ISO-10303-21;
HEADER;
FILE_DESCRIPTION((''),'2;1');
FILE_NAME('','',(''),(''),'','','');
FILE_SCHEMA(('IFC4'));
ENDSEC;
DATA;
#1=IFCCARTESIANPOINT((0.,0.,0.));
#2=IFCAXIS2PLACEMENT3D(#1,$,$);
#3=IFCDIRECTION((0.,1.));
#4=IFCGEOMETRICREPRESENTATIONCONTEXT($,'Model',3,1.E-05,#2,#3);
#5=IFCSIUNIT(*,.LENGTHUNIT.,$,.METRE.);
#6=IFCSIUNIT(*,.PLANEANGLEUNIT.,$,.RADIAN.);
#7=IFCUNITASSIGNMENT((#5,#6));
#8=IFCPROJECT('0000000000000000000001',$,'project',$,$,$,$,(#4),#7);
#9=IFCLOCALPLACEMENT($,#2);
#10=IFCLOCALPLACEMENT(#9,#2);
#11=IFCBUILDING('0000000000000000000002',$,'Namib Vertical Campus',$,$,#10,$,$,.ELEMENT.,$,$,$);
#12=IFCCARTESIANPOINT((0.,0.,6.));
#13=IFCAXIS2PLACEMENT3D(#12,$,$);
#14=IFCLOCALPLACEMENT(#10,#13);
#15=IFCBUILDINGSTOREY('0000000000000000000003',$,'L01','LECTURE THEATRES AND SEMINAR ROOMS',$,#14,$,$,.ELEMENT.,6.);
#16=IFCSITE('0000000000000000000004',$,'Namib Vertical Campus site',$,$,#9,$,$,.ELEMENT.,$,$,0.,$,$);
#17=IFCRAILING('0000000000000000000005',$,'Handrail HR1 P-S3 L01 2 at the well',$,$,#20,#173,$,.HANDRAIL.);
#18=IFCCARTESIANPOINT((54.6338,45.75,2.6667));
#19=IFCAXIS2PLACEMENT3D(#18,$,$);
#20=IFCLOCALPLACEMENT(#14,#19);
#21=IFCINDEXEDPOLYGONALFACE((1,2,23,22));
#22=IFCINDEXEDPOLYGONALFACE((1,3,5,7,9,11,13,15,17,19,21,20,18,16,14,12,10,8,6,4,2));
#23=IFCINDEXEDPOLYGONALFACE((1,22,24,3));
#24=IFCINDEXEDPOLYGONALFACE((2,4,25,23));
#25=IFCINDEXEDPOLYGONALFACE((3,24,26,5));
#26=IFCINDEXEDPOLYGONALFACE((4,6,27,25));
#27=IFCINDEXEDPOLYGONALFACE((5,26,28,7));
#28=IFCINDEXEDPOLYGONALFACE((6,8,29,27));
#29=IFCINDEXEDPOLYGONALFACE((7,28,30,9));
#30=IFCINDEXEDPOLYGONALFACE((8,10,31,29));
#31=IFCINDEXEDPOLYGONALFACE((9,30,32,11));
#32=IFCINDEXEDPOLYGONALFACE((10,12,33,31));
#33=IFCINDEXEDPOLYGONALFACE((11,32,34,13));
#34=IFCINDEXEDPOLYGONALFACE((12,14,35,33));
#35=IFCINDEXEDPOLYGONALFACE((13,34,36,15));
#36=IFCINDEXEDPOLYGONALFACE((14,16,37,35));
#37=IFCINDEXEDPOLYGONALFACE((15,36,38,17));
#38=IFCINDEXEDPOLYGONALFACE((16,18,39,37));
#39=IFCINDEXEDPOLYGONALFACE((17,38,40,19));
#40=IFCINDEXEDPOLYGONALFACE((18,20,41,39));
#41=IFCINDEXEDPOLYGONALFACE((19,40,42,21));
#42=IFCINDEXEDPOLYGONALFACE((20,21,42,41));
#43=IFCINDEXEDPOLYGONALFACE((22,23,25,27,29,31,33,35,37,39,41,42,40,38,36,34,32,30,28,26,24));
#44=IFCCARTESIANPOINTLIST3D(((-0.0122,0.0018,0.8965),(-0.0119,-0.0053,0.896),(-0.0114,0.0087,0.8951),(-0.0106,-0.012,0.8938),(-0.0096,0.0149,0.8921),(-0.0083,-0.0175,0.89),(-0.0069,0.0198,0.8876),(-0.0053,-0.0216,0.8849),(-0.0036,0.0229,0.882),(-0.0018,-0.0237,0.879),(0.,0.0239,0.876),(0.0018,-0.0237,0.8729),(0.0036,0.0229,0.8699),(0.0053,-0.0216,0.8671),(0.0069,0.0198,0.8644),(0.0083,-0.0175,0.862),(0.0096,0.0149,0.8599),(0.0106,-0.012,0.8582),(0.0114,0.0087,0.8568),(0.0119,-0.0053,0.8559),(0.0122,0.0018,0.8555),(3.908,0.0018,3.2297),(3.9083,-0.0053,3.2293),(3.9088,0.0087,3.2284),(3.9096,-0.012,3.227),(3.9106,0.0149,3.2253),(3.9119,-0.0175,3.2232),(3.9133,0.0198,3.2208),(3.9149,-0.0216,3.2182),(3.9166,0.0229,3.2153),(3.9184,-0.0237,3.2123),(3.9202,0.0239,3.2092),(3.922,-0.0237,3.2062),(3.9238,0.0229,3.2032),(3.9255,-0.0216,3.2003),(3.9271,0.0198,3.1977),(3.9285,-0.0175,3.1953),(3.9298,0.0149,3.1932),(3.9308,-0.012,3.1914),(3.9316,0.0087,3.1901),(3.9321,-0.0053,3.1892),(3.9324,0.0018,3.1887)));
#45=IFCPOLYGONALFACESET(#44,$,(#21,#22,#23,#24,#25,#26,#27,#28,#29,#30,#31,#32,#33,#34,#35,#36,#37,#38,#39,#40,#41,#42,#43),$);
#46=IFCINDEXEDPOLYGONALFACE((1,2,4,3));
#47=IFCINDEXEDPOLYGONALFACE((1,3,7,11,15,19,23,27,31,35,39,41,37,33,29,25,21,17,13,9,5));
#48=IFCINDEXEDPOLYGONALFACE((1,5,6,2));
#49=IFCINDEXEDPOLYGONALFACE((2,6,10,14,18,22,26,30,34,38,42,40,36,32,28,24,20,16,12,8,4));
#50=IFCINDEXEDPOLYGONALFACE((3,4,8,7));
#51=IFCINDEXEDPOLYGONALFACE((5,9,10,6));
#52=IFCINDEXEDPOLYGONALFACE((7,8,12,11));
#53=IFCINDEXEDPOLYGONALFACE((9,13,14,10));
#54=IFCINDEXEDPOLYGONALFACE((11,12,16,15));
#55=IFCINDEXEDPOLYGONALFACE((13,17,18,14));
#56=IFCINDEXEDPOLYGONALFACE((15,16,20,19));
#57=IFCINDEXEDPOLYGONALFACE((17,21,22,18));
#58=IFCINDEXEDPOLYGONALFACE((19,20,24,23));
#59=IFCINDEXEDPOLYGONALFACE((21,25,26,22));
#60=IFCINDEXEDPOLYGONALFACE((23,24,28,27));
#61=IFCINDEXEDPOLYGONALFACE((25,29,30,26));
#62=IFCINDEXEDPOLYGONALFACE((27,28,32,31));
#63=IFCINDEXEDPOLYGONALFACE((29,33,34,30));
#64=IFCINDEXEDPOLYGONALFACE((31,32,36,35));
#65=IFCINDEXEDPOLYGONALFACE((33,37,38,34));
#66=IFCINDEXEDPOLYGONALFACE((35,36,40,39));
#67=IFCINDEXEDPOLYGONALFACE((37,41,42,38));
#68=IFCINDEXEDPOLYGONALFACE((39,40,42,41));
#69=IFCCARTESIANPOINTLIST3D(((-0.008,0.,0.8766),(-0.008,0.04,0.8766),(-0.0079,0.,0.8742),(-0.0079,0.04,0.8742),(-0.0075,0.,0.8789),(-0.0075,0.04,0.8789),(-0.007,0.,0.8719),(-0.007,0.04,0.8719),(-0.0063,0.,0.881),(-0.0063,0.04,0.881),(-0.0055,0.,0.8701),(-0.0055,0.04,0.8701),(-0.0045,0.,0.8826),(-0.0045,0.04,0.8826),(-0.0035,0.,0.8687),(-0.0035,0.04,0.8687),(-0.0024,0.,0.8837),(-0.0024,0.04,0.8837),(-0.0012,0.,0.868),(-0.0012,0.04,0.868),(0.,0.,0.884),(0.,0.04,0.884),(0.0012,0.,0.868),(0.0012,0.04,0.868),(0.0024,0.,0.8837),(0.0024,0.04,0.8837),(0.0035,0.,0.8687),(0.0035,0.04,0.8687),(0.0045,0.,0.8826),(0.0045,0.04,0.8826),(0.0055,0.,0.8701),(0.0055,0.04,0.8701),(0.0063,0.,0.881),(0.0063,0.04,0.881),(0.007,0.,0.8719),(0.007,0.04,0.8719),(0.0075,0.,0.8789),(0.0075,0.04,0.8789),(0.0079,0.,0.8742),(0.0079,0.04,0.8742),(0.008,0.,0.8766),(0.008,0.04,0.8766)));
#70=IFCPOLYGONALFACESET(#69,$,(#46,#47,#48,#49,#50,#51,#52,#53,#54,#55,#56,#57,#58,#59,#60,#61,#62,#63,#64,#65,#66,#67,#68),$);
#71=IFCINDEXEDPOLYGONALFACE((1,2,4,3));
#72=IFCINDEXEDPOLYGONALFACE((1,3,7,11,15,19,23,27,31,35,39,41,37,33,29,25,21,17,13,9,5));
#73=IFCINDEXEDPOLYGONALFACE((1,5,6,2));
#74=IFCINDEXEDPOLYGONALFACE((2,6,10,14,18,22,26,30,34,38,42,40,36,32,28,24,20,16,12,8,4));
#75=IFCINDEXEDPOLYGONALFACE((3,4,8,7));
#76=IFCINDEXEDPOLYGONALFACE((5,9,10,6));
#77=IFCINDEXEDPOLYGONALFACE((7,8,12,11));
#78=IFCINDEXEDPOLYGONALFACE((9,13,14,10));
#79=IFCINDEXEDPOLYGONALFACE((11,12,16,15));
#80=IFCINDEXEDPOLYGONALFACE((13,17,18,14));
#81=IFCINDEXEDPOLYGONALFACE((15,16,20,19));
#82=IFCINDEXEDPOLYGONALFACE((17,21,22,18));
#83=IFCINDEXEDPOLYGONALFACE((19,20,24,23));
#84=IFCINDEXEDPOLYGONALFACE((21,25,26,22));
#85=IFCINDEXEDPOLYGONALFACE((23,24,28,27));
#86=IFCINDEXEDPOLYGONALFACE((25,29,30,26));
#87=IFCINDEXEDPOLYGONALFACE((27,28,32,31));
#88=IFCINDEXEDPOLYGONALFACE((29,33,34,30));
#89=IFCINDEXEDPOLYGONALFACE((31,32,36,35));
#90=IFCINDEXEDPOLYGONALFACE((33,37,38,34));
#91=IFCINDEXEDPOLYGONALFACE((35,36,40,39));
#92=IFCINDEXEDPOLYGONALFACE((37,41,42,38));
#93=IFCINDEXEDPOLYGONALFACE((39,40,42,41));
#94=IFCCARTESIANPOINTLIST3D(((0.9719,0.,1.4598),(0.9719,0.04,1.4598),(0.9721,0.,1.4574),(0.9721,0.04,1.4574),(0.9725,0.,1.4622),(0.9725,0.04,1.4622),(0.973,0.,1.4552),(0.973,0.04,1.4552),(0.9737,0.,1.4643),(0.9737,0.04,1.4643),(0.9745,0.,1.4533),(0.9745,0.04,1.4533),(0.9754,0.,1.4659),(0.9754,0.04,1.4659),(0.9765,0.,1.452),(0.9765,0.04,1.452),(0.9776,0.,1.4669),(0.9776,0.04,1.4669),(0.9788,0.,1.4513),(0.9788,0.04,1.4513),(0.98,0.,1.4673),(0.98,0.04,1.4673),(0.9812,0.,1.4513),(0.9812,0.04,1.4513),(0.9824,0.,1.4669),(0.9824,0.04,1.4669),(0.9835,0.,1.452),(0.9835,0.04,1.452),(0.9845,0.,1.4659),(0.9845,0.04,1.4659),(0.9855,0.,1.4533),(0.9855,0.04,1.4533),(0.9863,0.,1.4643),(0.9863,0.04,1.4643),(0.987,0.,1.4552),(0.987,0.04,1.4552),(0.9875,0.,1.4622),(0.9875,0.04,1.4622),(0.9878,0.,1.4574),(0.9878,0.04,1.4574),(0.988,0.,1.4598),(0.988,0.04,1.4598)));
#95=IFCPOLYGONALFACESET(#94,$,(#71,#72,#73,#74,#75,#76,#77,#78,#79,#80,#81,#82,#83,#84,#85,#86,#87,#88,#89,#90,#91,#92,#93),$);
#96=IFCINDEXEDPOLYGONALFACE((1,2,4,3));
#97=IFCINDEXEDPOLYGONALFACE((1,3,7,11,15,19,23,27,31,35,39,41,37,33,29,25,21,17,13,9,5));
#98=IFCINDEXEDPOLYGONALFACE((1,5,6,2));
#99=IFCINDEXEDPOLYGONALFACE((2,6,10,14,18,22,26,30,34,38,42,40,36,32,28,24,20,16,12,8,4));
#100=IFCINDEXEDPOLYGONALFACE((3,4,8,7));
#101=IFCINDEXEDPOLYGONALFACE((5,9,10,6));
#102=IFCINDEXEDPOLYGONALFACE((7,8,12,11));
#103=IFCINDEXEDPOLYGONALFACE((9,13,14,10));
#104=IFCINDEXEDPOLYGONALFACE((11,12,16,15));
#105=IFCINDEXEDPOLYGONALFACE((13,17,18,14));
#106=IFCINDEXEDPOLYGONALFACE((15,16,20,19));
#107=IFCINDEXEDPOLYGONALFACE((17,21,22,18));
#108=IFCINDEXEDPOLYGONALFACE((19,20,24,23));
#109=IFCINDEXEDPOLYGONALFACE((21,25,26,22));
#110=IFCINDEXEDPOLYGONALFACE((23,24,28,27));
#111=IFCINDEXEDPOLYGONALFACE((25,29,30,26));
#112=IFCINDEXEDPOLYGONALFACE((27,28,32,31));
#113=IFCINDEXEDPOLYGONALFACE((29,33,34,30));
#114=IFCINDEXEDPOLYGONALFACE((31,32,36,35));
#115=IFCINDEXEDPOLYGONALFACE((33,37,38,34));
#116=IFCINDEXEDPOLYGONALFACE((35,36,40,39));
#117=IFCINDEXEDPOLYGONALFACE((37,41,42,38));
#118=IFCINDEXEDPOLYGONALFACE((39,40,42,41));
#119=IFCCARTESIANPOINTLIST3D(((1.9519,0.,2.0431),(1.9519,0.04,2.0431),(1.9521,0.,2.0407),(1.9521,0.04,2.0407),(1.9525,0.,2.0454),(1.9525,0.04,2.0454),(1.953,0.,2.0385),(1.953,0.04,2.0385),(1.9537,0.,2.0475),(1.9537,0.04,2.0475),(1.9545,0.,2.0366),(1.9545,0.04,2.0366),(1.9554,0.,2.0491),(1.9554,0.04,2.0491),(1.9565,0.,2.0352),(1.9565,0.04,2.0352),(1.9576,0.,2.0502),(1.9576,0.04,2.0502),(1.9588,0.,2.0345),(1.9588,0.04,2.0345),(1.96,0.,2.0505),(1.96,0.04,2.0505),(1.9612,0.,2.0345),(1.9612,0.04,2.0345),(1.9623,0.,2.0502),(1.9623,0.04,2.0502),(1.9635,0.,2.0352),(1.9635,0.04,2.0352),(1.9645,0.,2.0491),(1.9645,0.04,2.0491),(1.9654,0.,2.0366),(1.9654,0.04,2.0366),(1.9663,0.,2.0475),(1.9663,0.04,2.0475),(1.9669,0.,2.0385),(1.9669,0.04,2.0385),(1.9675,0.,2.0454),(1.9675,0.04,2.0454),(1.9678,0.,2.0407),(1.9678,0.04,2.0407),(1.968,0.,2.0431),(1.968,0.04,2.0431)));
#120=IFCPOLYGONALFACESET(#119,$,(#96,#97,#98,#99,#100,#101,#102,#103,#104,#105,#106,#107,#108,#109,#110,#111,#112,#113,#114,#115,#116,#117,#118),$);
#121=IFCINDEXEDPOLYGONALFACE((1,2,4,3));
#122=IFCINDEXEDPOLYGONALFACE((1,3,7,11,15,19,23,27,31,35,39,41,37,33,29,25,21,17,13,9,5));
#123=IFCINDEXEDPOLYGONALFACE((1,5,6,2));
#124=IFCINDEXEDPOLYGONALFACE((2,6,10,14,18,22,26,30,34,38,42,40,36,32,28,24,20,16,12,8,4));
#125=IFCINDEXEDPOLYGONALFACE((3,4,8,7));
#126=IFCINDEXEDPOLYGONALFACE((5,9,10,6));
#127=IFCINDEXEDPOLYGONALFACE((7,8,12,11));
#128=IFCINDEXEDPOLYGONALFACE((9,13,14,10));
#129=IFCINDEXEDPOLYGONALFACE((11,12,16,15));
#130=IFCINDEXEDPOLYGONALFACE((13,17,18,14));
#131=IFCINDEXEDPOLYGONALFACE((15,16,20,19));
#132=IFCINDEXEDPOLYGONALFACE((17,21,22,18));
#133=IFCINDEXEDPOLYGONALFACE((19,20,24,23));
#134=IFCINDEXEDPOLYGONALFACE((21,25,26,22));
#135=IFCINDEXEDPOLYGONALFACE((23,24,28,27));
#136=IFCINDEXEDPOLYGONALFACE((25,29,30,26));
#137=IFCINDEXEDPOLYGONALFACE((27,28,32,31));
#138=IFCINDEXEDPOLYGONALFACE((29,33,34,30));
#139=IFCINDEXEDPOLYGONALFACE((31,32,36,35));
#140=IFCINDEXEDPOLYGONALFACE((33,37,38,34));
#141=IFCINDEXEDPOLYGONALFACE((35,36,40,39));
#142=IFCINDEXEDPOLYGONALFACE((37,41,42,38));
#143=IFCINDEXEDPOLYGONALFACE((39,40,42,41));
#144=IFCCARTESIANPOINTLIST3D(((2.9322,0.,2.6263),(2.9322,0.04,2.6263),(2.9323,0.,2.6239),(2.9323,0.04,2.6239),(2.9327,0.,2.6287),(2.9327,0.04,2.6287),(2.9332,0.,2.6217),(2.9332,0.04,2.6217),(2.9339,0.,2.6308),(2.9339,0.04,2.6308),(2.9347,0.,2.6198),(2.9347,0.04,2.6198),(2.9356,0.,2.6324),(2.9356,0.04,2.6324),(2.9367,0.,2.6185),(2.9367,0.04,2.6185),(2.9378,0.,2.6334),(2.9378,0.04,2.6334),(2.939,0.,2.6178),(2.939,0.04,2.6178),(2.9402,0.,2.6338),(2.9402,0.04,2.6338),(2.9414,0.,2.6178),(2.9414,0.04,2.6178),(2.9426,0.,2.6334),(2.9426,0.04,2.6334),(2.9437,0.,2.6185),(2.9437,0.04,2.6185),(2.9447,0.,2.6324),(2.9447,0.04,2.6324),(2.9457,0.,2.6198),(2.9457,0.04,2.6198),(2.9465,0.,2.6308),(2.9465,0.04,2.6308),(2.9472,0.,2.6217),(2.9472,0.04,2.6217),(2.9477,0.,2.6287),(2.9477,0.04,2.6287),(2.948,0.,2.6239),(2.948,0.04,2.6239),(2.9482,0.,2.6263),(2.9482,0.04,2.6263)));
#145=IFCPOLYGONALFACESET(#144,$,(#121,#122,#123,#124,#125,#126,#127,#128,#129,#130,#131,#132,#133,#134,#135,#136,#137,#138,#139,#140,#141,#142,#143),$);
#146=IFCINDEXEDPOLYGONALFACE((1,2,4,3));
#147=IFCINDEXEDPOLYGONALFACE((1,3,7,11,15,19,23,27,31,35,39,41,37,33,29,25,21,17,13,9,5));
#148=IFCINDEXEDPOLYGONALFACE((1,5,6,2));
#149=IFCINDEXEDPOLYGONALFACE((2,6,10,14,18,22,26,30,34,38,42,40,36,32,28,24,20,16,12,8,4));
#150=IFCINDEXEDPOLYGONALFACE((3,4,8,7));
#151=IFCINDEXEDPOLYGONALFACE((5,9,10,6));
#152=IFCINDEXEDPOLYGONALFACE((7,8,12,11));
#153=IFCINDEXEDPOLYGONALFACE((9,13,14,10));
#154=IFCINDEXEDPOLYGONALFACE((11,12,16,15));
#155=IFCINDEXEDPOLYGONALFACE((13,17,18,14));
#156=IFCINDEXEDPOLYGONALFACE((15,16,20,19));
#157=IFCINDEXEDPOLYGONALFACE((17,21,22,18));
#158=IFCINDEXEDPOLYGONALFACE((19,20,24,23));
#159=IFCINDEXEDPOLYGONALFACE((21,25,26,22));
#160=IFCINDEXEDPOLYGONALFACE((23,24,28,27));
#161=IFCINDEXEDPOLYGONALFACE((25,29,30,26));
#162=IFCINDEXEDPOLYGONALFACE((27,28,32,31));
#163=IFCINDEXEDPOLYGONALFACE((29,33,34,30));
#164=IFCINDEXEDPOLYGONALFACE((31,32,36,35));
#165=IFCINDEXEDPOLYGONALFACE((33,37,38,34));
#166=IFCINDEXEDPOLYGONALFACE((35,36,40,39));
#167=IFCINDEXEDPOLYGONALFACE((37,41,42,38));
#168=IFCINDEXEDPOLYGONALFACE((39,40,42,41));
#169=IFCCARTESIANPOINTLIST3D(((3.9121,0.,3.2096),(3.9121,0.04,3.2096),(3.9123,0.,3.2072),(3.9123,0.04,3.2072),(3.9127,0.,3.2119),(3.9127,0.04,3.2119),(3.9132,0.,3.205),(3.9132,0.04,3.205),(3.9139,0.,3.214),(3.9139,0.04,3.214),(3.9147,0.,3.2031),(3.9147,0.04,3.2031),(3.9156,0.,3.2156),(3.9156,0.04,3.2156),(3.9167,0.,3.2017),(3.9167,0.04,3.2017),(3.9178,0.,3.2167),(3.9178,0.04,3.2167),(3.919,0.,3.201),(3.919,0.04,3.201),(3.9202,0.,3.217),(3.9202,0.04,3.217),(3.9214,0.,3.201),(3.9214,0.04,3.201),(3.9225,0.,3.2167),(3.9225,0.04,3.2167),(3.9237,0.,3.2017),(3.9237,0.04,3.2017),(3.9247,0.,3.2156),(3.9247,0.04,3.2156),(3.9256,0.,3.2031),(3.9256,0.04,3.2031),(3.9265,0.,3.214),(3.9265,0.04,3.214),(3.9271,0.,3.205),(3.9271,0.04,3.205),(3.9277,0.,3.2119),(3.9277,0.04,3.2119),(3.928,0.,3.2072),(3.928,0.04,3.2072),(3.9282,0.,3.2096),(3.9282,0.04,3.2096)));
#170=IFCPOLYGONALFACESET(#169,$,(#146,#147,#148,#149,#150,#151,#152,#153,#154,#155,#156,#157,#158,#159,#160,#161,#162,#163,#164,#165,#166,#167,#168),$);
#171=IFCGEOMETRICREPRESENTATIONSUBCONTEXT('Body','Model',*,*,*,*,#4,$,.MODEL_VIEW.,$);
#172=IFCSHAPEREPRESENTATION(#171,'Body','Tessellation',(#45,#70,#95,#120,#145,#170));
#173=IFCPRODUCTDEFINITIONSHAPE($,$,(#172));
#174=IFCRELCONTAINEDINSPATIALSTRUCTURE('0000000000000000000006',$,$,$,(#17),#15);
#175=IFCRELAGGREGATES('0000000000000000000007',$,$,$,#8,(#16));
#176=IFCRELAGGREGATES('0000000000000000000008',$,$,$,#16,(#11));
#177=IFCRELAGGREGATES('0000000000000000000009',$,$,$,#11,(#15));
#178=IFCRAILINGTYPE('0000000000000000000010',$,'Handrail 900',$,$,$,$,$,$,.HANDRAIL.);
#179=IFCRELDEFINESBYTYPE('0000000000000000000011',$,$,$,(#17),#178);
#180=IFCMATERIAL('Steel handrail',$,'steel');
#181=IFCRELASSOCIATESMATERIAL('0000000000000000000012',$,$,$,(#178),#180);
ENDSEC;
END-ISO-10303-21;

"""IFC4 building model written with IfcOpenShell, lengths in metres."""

from ifc_helpers import new_model, si_unit, direction, frame, origin, origin_2d, place, context, subcontext, project, spatial, circle, extrude, material, type_object, element, save


model = new_model("IFC4")

# Units and contexts
model_context = context("Model", 3, precision=1e-05, world=origin(), true_north=direction((0.0, 1.0)))
body_context = subcontext(model_context, "Body", "Model", "MODEL_VIEW")
ifc_project = project(units=[si_unit("LENGTHUNIT", "METRE"), si_unit("PLANEANGLEUNIT", "RADIAN")], contexts=[model_context])

# Site, building, storey
site_placement = place(None, origin())
site = spatial("IfcSite", under=ifc_project, at=site_placement, Name="Namib Vertical Campus site", CompositionType="ELEMENT", RefElevation=0.0)
building_placement = place(site_placement, origin())
building = spatial("IfcBuilding", under=site, at=building_placement, Name="Namib Vertical Campus", CompositionType="ELEMENT")
storey_placement = place(building_placement, frame((0.0, 0.0, 6.0)))
storey = spatial("IfcBuildingStorey", under=building, at=storey_placement, Name="L01", Description="LECTURE THEATRES AND SEMINAR ROOMS", CompositionType="ELEMENT", Elevation=6.0)

# Railing
ifc_material_1 = material(Name="Steel handrail", Category="steel")
railing_type_1 = type_object("IfcRailingType", Name="Handrail 900", PredefinedType="HANDRAIL", material=ifc_material_1)
railing_1_placement = place(storey_placement, frame((54.6338, 45.75, 2.6667)))
element("IfcRailing", 1, at=railing_1_placement, inside=storey, type_object=railing_type_1, Name="Handrail HR1 P-S3 L01 2 at the well", PredefinedType="HANDRAIL", context=body_context, shape_type="SweptSolid", body=[
    extrude(circle(Radius=0.0239, at=origin_2d()), frame((0.0, 0.0, 0.876), z_axis=(0.85931, 0.0, 0.511455), x_axis=(0.0, 1.0, 0.0)), (0.0, 0.0, 1.0), 4.562),
    extrude(circle(Radius=0.0081, at=origin_2d()), frame((0.0, 0.0, 0.876), z_axis=(0.0, 1.0, 0.0), x_axis=(0.0, 0.0, 1.0)), (0.0, 0.0, 1.0), 0.04),
    extrude(circle(Radius=0.0081, at=origin_2d()), frame((0.98, 0.0, 1.4592), z_axis=(0.0, 1.0, 0.0), x_axis=(0.0, 0.0, 1.0)), (0.0, 0.0, 1.0), 0.04),
    extrude(circle(Radius=0.0081, at=origin_2d()), frame((1.96, 0.0, 2.0425), z_axis=(0.0, 1.0, 0.0), x_axis=(0.0, 0.0, 1.0)), (0.0, 0.0, 1.0), 0.04),
    extrude(circle(Radius=0.0081, at=origin_2d()), frame((2.9402, 0.0, 2.6257), z_axis=(0.0, 1.0, 0.0), x_axis=(0.0, 0.0, 1.0)), (0.0, 0.0, 1.0), 0.04),
    extrude(circle(Radius=0.0081, at=origin_2d()), frame((3.9202, 0.0, 3.209), z_axis=(0.0, 1.0, 0.0), x_axis=(0.0, 0.0, 1.0)), (0.0, 0.0, 1.0), 0.04),
])

save(model, "model.ifc")
